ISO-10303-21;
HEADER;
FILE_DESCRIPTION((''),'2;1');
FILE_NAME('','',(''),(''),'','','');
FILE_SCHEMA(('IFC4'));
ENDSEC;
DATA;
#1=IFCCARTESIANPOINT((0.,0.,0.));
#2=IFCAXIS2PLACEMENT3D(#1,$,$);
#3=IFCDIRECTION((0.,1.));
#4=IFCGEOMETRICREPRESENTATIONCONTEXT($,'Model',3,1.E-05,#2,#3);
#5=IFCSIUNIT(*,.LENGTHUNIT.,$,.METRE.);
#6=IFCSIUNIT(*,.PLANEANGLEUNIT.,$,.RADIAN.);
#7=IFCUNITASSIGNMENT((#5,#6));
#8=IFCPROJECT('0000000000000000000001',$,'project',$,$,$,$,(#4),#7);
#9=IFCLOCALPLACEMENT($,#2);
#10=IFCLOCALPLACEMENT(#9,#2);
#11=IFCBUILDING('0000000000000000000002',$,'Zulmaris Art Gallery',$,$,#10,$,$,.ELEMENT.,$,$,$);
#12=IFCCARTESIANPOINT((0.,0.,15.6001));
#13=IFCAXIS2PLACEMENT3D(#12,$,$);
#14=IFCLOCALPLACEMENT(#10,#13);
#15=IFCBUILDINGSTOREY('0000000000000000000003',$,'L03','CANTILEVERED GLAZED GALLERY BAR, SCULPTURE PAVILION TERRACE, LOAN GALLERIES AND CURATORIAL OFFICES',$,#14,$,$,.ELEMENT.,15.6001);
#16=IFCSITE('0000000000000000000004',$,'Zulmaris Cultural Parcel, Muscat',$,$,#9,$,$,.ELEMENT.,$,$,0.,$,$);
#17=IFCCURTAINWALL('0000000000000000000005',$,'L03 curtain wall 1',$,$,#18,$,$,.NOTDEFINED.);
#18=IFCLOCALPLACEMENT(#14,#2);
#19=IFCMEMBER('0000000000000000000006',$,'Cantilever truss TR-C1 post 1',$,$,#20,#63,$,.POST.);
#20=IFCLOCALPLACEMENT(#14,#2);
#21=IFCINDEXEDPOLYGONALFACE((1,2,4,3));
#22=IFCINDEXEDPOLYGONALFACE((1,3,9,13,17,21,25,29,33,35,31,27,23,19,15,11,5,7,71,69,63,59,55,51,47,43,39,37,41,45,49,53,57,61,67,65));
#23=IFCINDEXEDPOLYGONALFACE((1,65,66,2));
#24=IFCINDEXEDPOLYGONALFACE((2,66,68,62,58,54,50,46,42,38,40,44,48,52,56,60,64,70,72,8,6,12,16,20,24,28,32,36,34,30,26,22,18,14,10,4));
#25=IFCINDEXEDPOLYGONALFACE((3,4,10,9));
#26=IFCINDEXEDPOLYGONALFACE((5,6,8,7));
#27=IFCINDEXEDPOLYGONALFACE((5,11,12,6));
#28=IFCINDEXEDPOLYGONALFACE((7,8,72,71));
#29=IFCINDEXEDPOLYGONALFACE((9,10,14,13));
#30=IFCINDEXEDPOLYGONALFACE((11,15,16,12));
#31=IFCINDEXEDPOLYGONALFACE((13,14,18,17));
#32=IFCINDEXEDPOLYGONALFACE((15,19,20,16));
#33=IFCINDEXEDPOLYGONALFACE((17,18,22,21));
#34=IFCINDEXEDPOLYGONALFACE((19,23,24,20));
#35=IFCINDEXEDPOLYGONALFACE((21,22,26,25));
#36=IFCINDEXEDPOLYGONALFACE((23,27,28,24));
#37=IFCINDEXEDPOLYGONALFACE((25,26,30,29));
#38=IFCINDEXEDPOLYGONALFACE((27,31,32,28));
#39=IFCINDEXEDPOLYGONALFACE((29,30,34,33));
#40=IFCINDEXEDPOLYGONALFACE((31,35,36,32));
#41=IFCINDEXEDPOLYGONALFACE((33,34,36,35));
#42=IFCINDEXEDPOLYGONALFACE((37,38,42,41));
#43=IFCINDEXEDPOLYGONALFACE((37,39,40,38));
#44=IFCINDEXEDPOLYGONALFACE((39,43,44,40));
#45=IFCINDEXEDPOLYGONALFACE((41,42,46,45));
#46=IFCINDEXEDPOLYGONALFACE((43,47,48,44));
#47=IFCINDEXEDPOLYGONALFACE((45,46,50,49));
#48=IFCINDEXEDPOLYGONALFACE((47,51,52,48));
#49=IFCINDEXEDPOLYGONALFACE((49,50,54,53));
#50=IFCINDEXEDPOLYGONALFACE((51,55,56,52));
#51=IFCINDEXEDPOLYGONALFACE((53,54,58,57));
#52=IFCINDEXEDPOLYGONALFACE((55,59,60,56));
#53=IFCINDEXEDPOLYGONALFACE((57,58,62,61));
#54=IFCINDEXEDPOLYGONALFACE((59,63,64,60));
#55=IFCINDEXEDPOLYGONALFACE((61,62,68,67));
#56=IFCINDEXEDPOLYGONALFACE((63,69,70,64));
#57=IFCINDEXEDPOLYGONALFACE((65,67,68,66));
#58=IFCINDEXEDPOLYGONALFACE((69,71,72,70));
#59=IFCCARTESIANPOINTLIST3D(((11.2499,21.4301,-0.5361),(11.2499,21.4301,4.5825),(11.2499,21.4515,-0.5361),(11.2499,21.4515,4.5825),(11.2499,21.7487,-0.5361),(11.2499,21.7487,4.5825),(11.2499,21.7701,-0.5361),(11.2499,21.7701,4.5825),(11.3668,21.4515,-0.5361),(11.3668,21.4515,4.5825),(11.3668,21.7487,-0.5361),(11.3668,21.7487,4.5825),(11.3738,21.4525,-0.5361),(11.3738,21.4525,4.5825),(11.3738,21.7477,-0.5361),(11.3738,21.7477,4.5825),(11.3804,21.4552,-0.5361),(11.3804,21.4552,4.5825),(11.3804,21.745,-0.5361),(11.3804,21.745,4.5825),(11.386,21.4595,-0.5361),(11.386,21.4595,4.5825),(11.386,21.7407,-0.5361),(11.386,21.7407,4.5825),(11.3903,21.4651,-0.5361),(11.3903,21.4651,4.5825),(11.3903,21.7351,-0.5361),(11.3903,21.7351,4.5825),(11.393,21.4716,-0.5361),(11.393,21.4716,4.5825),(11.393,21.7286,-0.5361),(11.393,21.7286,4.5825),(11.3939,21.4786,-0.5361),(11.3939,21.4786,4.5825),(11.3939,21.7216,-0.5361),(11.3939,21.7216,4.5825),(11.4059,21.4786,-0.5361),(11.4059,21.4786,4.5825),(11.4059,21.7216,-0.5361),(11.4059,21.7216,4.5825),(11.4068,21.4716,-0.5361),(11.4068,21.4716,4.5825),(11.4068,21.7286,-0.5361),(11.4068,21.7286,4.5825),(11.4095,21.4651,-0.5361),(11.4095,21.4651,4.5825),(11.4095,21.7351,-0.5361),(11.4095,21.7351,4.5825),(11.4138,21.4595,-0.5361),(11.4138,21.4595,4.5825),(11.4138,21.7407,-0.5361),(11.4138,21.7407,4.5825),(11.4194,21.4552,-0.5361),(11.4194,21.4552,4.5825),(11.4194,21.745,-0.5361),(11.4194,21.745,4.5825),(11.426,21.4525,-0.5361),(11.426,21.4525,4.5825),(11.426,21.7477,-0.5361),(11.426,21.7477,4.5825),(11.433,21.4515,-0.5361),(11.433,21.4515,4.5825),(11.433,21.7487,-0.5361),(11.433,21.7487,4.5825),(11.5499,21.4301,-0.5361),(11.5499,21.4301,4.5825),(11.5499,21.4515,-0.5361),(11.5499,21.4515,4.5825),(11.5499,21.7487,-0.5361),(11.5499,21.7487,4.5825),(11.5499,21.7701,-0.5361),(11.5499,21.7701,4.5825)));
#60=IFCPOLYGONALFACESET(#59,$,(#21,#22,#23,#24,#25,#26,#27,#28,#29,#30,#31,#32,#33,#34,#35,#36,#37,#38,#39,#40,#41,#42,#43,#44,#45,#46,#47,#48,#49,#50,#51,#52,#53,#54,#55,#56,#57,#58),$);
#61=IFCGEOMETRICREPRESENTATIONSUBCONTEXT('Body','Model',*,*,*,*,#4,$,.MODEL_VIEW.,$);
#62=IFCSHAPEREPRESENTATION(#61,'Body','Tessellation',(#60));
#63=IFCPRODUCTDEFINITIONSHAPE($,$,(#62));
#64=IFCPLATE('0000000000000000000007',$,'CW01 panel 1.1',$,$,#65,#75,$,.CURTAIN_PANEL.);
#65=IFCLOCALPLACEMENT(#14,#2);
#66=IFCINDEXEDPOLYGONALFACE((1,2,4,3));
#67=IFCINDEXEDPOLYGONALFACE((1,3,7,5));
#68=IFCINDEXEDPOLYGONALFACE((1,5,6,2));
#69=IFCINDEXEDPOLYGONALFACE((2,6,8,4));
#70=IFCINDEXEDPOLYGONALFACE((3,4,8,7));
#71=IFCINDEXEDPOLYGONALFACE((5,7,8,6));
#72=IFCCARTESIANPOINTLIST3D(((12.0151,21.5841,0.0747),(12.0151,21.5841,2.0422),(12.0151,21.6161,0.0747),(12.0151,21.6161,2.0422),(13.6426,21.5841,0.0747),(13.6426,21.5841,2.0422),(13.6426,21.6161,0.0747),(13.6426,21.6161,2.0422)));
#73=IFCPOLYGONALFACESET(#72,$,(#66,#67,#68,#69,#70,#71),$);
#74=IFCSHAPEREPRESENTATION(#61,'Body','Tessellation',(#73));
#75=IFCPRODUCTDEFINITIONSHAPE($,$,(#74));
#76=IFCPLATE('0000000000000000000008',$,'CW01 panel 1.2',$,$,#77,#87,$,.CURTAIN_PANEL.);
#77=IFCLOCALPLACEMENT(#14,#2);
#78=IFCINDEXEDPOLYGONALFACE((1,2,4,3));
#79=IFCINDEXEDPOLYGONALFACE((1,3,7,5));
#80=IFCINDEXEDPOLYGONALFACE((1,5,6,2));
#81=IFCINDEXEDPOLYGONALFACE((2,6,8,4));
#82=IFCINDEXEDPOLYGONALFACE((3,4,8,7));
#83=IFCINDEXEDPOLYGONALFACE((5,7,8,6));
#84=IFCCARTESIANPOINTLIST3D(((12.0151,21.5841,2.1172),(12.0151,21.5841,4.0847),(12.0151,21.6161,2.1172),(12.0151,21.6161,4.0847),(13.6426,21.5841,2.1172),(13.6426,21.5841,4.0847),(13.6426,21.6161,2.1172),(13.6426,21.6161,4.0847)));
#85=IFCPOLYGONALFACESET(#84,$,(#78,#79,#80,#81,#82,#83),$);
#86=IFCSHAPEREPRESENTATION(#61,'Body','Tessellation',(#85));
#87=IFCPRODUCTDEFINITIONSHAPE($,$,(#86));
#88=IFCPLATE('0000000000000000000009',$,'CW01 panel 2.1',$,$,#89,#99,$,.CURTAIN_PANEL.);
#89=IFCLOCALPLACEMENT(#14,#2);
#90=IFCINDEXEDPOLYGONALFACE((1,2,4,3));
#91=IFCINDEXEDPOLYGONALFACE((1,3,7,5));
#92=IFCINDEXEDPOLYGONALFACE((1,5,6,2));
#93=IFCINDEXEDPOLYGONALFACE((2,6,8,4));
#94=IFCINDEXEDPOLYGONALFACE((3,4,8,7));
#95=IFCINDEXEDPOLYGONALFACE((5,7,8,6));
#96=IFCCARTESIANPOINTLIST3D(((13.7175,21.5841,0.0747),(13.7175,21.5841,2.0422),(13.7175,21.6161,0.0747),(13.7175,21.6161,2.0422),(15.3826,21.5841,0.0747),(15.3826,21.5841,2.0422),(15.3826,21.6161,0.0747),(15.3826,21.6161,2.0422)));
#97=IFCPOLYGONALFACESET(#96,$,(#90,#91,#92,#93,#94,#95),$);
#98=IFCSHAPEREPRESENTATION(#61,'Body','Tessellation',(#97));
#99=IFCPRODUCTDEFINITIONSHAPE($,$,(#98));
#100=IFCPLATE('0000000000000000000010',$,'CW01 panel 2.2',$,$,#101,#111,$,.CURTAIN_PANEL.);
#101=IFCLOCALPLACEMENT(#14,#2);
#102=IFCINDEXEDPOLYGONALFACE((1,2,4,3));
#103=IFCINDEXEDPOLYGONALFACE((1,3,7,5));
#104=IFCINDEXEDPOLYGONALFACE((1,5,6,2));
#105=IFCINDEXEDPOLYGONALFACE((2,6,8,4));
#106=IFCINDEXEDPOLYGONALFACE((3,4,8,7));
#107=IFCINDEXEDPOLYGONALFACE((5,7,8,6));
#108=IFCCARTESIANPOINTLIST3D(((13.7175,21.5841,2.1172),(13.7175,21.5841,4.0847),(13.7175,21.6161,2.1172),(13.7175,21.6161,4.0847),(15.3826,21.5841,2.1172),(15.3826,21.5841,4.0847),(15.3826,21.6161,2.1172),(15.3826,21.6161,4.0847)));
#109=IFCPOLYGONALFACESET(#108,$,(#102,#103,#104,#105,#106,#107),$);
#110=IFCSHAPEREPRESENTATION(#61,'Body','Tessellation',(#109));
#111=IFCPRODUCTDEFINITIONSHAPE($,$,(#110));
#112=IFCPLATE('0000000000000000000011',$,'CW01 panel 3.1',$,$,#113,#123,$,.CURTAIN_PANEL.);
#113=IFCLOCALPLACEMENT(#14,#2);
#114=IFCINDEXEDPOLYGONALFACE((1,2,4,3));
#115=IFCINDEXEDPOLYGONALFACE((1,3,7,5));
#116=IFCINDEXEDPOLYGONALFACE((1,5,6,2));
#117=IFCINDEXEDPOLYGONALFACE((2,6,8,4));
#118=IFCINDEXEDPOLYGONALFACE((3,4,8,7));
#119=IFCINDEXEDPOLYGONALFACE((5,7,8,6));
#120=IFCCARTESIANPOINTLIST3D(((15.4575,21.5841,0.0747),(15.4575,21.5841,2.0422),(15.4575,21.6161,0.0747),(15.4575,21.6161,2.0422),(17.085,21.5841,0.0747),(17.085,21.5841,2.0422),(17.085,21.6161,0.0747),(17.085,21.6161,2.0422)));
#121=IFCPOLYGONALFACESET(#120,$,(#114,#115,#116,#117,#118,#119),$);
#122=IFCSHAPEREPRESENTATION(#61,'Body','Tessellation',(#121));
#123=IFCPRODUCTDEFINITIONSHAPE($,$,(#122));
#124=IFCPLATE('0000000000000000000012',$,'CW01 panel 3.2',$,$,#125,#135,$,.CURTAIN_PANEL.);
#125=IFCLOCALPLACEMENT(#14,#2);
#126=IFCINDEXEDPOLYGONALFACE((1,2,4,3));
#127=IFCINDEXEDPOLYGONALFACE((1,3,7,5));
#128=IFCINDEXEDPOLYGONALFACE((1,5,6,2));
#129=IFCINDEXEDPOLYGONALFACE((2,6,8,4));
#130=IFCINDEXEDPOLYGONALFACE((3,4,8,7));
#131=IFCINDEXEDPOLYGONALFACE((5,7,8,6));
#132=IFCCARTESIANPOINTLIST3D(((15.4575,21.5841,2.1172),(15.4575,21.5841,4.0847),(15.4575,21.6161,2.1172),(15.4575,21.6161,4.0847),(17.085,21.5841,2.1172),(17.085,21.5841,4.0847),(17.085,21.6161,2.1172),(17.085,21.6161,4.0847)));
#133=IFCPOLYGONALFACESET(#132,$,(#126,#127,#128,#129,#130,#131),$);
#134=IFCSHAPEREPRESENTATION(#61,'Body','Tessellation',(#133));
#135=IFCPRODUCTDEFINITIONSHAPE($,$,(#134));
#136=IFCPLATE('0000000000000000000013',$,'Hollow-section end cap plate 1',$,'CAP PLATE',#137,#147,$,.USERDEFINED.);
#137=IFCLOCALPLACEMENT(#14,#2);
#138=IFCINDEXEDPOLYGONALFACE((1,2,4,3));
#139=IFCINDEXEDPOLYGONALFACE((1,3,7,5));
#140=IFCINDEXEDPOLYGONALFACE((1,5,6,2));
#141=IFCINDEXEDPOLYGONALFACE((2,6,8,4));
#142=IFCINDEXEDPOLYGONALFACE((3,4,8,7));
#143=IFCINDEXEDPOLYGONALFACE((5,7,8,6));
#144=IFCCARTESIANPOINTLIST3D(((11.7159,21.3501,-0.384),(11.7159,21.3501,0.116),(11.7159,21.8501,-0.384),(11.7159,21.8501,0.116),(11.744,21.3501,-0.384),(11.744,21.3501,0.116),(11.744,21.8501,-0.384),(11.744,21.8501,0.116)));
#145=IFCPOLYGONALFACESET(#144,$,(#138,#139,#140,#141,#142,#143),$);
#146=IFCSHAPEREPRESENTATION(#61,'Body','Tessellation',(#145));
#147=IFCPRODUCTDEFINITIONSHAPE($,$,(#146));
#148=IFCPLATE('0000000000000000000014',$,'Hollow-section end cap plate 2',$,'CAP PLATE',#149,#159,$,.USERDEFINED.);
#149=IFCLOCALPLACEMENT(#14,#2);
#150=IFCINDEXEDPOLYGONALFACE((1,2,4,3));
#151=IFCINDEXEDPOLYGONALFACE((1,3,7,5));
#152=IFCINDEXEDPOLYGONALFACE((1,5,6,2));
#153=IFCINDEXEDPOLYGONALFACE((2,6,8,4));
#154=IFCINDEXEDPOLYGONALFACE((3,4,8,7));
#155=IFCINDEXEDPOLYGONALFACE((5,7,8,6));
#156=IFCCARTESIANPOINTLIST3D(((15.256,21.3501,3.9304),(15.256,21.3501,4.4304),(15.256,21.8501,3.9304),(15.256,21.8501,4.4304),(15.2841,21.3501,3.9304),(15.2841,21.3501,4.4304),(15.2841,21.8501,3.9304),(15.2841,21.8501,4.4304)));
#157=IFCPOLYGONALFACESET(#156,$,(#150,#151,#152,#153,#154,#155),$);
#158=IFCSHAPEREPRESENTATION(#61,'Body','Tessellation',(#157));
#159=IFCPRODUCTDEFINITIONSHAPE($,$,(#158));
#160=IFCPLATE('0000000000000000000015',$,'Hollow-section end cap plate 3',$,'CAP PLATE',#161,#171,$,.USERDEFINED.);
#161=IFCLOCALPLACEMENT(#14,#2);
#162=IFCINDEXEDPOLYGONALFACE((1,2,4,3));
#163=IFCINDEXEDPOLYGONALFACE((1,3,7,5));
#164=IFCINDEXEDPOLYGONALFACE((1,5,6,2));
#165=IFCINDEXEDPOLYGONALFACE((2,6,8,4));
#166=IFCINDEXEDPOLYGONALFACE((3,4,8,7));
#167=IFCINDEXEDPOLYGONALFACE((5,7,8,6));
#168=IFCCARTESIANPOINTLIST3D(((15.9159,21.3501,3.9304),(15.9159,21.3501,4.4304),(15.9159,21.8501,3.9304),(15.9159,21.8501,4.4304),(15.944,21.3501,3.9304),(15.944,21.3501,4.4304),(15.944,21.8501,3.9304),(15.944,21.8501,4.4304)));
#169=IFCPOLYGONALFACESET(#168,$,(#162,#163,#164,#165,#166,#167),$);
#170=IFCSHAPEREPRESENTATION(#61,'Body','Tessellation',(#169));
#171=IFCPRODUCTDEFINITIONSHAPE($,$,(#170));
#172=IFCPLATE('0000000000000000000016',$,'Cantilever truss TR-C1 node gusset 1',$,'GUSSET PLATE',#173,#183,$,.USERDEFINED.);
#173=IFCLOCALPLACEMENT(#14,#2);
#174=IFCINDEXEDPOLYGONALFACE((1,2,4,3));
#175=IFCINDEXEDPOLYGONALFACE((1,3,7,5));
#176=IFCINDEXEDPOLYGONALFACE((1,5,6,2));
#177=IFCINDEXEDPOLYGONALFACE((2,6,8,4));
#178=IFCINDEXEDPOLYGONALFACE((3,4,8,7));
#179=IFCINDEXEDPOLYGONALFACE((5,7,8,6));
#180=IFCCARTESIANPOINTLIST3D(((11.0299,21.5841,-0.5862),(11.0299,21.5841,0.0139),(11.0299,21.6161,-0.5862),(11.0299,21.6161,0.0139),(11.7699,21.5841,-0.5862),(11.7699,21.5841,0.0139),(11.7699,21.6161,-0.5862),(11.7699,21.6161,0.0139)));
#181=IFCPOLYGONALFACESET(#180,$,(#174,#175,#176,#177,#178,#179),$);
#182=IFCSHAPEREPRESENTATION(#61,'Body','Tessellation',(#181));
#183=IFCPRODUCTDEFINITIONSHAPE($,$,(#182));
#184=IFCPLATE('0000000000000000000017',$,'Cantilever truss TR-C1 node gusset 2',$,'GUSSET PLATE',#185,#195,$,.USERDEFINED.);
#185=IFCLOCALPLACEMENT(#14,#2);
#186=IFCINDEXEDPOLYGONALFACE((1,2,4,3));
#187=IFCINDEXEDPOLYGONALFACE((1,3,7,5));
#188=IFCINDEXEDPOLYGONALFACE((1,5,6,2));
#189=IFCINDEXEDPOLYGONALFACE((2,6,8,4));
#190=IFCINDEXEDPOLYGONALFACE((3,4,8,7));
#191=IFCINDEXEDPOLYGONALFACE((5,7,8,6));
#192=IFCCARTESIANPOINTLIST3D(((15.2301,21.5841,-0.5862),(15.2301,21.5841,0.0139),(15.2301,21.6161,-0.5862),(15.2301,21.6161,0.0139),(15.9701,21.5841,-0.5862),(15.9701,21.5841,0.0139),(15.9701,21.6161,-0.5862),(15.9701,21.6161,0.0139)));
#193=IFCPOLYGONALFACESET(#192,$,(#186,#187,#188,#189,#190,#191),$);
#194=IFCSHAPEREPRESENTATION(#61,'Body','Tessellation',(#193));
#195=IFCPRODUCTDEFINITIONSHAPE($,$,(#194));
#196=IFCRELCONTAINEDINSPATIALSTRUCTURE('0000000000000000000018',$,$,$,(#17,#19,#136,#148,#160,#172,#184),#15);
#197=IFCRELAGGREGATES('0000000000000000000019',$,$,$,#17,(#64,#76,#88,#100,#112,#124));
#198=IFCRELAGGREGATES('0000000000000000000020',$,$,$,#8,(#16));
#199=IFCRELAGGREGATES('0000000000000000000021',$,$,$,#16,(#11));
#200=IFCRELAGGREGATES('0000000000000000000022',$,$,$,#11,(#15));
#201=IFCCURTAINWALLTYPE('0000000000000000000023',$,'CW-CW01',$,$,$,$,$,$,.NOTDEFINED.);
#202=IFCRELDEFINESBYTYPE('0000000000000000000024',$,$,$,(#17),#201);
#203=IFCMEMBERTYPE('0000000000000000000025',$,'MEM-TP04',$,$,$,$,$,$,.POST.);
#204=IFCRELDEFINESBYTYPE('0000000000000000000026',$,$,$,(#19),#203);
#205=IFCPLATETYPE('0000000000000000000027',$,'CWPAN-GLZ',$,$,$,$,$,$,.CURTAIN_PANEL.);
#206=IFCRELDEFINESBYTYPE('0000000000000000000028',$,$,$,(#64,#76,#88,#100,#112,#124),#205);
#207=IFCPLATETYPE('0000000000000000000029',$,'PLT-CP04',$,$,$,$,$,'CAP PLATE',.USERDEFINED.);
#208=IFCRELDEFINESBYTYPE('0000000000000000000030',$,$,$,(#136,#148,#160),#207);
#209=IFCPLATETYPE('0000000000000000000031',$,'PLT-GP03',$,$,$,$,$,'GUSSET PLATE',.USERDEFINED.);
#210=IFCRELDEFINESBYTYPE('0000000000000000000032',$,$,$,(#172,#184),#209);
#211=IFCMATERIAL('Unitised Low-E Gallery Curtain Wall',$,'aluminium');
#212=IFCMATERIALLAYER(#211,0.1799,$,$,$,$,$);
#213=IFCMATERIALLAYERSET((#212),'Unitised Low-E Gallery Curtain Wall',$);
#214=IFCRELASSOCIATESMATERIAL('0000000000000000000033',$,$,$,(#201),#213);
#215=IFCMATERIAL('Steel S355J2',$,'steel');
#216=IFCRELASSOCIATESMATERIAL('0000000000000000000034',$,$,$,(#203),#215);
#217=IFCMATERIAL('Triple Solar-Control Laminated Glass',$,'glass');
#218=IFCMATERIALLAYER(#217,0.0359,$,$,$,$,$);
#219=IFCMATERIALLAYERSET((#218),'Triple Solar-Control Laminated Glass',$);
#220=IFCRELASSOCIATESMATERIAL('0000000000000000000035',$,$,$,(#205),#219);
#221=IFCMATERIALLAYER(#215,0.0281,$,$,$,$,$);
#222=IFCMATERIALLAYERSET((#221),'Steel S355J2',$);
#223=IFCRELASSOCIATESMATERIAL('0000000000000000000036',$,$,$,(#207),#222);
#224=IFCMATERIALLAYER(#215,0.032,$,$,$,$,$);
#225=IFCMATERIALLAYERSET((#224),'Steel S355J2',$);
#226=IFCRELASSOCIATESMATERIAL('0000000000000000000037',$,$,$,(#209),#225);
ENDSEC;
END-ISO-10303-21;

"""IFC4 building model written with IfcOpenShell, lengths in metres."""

from ifc_helpers import new_model, si_unit, direction, frame, origin, origin_2d, place, context, subcontext, project, spatial, rectangle, i_section, extrude, material, layer, layer_set, material_profile, profile_set, type_object, element, aggregate, save


model = new_model("IFC4")

# Units and contexts
model_context = context("Model", 3, precision=1e-05, world=origin(), true_north=direction((0.0, 1.0)))
body_context = subcontext(model_context, "Body", "Model", "MODEL_VIEW")
ifc_project = project(units=[si_unit("LENGTHUNIT", "METRE"), si_unit("PLANEANGLEUNIT", "RADIAN")], contexts=[model_context])

# Site, building, storey
site_placement = place(None, origin())
site = spatial("IfcSite", under=ifc_project, at=site_placement, Name="Zulmaris Cultural Parcel, Muscat", CompositionType="ELEMENT", RefElevation=0.0)
building_placement = place(site_placement, origin())
building = spatial("IfcBuilding", under=site, at=building_placement, Name="Zulmaris Art Gallery", CompositionType="ELEMENT")
storey_placement = place(building_placement, frame((0.0, 0.0, 15.6001)))
storey = spatial("IfcBuildingStorey", under=building, at=storey_placement, Name="L03", Description="CANTILEVERED GLAZED GALLERY BAR, SCULPTURE PAVILION TERRACE, LOAN GALLERIES AND CURATORIAL OFFICES", CompositionType="ELEMENT", Elevation=15.6001)

# Shared definitions
ifc_material_1 = material(Name="Steel S355J2", Category="steel")

# Curtain wall
ifc_material_2 = material(Name="Unitised Low-E Gallery Curtain Wall", Category="aluminium")
ifc_layer_1 = layer(ifc_material_2, 0.1799)
ifc_layer_set_1 = layer_set([ifc_layer_1], Name="Unitised Low-E Gallery Curtain Wall")
curtain_wall_type = type_object("IfcCurtainWallType", Name="CW-CW01", PredefinedType="NOTDEFINED", material=ifc_layer_set_1)
curtain_wall_1_placement = place(storey_placement, origin())
curtain_wall_1 = element("IfcCurtainWall", 1, at=curtain_wall_1_placement, inside=storey, type_object=curtain_wall_type, Name="L03 curtain wall 1", PredefinedType="NOTDEFINED")

# Member
ifc_material_profile_1 = material_profile(ifc_material_1, i_section(OverallWidth=0.3, OverallDepth=0.3401, WebThickness=0.012, FlangeThickness=0.0215, FilletRadius=0.0271, at=origin_2d()), Name="HEB 340")
ifc_profile_set_1 = profile_set([ifc_material_profile_1], Name="Steel S355J2")
member_type_1 = type_object("IfcMemberType", Name="MEM-TP04", PredefinedType="POST", material=ifc_profile_set_1)
member_1_placement = place(storey_placement, frame((11.3999, 21.6001, -0.5361), z_axis=(0.0, 0.0, 1.0), x_axis=(1.0, 0.0, 0.0)))
element("IfcMember", 2, at=member_1_placement, inside=storey, type_object=member_type_1, Name="Cantilever truss TR-C1 post 1", PredefinedType="POST", context=body_context, shape_type="SweptSolid", body=[
    extrude(i_section(OverallWidth=0.3, OverallDepth=0.3401, WebThickness=0.012, FlangeThickness=0.0215, FilletRadius=0.0271, at=origin_2d()), origin(), (0.0, 0.0, 1.0), 5.1187),
])

# Plates
ifc_material_3 = material(Name="Triple Solar-Control Laminated Glass", Category="glass")
ifc_layer_2 = layer(ifc_material_3, 0.0359)
ifc_layer_set_2 = layer_set([ifc_layer_2], Name="Triple Solar-Control Laminated Glass")
plate_type_1 = type_object("IfcPlateType", Name="CWPAN-GLZ", PredefinedType="CURTAIN_PANEL", material=ifc_layer_set_2)
plate_1_placement = place(storey_placement, frame((12.8289, 21.6001, 0.0747), z_axis=(0.0, 0.0, 1.0), x_axis=(1.0, 0.0, 0.0)))
plate_1 = element("IfcPlate", 3, at=plate_1_placement, type_object=plate_type_1, Name="CW01 panel 1.1", PredefinedType="CURTAIN_PANEL", context=body_context, shape_type="SweptSolid", body=[
    extrude(rectangle(XDim=1.6274, YDim=0.032, at=origin_2d()), origin(), (0.0, 0.0, 1.0), 1.9675),
])
plate_2_placement = place(storey_placement, frame((12.8289, 21.6001, 2.1172), z_axis=(0.0, 0.0, 1.0), x_axis=(1.0, 0.0, 0.0)))
plate_2 = element("IfcPlate", 4, at=plate_2_placement, type_object=plate_type_1, Name="CW01 panel 1.2", PredefinedType="CURTAIN_PANEL", context=body_context, shape_type="SweptSolid", body=[
    extrude(rectangle(XDim=1.6274, YDim=0.032, at=origin_2d()), origin(), (0.0, 0.0, 1.0), 1.9675),
])
plate_3_placement = place(storey_placement, frame((14.55, 21.6001, 0.0747), z_axis=(0.0, 0.0, 1.0), x_axis=(1.0, 0.0, 0.0)))
plate_3 = element("IfcPlate", 5, at=plate_3_placement, type_object=plate_type_1, Name="CW01 panel 2.1", PredefinedType="CURTAIN_PANEL", context=body_context, shape_type="SweptSolid", body=[
    extrude(rectangle(XDim=1.665, YDim=0.032, at=origin_2d()), origin(), (0.0, 0.0, 1.0), 1.9675),
])
plate_4_placement = place(storey_placement, frame((14.55, 21.6001, 2.1172), z_axis=(0.0, 0.0, 1.0), x_axis=(1.0, 0.0, 0.0)))
plate_4 = element("IfcPlate", 6, at=plate_4_placement, type_object=plate_type_1, Name="CW01 panel 2.2", PredefinedType="CURTAIN_PANEL", context=body_context, shape_type="SweptSolid", body=[
    extrude(rectangle(XDim=1.665, YDim=0.032, at=origin_2d()), origin(), (0.0, 0.0, 1.0), 1.9675),
])
plate_5_placement = place(storey_placement, frame((16.2712, 21.6001, 0.0747), z_axis=(0.0, 0.0, 1.0), x_axis=(1.0, 0.0, 0.0)))
plate_5 = element("IfcPlate", 7, at=plate_5_placement, type_object=plate_type_1, Name="CW01 panel 3.1", PredefinedType="CURTAIN_PANEL", context=body_context, shape_type="SweptSolid", body=[
    extrude(rectangle(XDim=1.6274, YDim=0.032, at=origin_2d()), origin(), (0.0, 0.0, 1.0), 1.9675),
])
plate_6_placement = place(storey_placement, frame((16.2712, 21.6001, 2.1172), z_axis=(0.0, 0.0, 1.0), x_axis=(1.0, 0.0, 0.0)))
plate_6 = element("IfcPlate", 8, at=plate_6_placement, type_object=plate_type_1, Name="CW01 panel 3.2", PredefinedType="CURTAIN_PANEL", context=body_context, shape_type="SweptSolid", body=[
    extrude(rectangle(XDim=1.6274, YDim=0.032, at=origin_2d()), origin(), (0.0, 0.0, 1.0), 1.9675),
])
aggregate(curtain_wall_1, [plate_1, plate_2, plate_3, plate_4, plate_5, plate_6])

# Plates
ifc_layer_3 = layer(ifc_material_1, 0.0281)
ifc_layer_set_3 = layer_set([ifc_layer_3], Name="Steel S355J2")
plate_type_2 = type_object("IfcPlateType", Name="PLT-CP04", ElementType="CAP PLATE", PredefinedType="USERDEFINED", material=ifc_layer_set_3)
for number, where, z_axis, x_axis, name in (
    (9, (11.73, 21.6001, -0.384), (0.0, 0.0, 1.0), (1.0, 0.0, 0.0), "Hollow-section end cap plate 1"),
    (10, (15.27, 21.6001, 3.9304), (0.0, 0.0, 1.0), (1.0, 0.0, 0.0), "Hollow-section end cap plate 2"),
    (11, (15.9299, 21.6001, 3.9304), (0.0, 0.0, 1.0), (1.0, 0.0, 0.0), "Hollow-section end cap plate 3"),
):
    element("IfcPlate", number, at=place(storey_placement, frame(where, z_axis=z_axis, x_axis=x_axis)), inside=storey, type_object=plate_type_2, Name=name, ObjectType="CAP PLATE", PredefinedType="USERDEFINED", context=body_context, shape_type="SweptSolid", body=[
        extrude(rectangle(XDim=0.0281, YDim=0.5, at=origin_2d()), origin(), (0.0, 0.0, 1.0), 0.5),
    ])
ifc_layer_4 = layer(ifc_material_1, 0.032)
ifc_layer_set_4 = layer_set([ifc_layer_4], Name="Steel S355J2")
plate_type_3 = type_object("IfcPlateType", Name="PLT-GP03", ElementType="GUSSET PLATE", PredefinedType="USERDEFINED", material=ifc_layer_set_4)
for number, where, z_axis, x_axis, name in (
    (12, (11.3999, 21.6001, -0.5862), (0.0, 0.0, 1.0), (1.0, 0.0, 0.0), "Cantilever truss TR-C1 node gusset 1"),
    (13, (15.6001, 21.6001, -0.5862), (0.0, 0.0, 1.0), (1.0, 0.0, 0.0), "Cantilever truss TR-C1 node gusset 2"),
):
    element("IfcPlate", number, at=place(storey_placement, frame(where, z_axis=z_axis, x_axis=x_axis)), inside=storey, type_object=plate_type_3, Name=name, ObjectType="GUSSET PLATE", PredefinedType="USERDEFINED", context=body_context, shape_type="SweptSolid", body=[
        extrude(rectangle(XDim=0.74, YDim=0.032, at=origin_2d()), origin(), (0.0, 0.0, 1.0), 0.6001),
    ])

save(model, "model.ifc")
